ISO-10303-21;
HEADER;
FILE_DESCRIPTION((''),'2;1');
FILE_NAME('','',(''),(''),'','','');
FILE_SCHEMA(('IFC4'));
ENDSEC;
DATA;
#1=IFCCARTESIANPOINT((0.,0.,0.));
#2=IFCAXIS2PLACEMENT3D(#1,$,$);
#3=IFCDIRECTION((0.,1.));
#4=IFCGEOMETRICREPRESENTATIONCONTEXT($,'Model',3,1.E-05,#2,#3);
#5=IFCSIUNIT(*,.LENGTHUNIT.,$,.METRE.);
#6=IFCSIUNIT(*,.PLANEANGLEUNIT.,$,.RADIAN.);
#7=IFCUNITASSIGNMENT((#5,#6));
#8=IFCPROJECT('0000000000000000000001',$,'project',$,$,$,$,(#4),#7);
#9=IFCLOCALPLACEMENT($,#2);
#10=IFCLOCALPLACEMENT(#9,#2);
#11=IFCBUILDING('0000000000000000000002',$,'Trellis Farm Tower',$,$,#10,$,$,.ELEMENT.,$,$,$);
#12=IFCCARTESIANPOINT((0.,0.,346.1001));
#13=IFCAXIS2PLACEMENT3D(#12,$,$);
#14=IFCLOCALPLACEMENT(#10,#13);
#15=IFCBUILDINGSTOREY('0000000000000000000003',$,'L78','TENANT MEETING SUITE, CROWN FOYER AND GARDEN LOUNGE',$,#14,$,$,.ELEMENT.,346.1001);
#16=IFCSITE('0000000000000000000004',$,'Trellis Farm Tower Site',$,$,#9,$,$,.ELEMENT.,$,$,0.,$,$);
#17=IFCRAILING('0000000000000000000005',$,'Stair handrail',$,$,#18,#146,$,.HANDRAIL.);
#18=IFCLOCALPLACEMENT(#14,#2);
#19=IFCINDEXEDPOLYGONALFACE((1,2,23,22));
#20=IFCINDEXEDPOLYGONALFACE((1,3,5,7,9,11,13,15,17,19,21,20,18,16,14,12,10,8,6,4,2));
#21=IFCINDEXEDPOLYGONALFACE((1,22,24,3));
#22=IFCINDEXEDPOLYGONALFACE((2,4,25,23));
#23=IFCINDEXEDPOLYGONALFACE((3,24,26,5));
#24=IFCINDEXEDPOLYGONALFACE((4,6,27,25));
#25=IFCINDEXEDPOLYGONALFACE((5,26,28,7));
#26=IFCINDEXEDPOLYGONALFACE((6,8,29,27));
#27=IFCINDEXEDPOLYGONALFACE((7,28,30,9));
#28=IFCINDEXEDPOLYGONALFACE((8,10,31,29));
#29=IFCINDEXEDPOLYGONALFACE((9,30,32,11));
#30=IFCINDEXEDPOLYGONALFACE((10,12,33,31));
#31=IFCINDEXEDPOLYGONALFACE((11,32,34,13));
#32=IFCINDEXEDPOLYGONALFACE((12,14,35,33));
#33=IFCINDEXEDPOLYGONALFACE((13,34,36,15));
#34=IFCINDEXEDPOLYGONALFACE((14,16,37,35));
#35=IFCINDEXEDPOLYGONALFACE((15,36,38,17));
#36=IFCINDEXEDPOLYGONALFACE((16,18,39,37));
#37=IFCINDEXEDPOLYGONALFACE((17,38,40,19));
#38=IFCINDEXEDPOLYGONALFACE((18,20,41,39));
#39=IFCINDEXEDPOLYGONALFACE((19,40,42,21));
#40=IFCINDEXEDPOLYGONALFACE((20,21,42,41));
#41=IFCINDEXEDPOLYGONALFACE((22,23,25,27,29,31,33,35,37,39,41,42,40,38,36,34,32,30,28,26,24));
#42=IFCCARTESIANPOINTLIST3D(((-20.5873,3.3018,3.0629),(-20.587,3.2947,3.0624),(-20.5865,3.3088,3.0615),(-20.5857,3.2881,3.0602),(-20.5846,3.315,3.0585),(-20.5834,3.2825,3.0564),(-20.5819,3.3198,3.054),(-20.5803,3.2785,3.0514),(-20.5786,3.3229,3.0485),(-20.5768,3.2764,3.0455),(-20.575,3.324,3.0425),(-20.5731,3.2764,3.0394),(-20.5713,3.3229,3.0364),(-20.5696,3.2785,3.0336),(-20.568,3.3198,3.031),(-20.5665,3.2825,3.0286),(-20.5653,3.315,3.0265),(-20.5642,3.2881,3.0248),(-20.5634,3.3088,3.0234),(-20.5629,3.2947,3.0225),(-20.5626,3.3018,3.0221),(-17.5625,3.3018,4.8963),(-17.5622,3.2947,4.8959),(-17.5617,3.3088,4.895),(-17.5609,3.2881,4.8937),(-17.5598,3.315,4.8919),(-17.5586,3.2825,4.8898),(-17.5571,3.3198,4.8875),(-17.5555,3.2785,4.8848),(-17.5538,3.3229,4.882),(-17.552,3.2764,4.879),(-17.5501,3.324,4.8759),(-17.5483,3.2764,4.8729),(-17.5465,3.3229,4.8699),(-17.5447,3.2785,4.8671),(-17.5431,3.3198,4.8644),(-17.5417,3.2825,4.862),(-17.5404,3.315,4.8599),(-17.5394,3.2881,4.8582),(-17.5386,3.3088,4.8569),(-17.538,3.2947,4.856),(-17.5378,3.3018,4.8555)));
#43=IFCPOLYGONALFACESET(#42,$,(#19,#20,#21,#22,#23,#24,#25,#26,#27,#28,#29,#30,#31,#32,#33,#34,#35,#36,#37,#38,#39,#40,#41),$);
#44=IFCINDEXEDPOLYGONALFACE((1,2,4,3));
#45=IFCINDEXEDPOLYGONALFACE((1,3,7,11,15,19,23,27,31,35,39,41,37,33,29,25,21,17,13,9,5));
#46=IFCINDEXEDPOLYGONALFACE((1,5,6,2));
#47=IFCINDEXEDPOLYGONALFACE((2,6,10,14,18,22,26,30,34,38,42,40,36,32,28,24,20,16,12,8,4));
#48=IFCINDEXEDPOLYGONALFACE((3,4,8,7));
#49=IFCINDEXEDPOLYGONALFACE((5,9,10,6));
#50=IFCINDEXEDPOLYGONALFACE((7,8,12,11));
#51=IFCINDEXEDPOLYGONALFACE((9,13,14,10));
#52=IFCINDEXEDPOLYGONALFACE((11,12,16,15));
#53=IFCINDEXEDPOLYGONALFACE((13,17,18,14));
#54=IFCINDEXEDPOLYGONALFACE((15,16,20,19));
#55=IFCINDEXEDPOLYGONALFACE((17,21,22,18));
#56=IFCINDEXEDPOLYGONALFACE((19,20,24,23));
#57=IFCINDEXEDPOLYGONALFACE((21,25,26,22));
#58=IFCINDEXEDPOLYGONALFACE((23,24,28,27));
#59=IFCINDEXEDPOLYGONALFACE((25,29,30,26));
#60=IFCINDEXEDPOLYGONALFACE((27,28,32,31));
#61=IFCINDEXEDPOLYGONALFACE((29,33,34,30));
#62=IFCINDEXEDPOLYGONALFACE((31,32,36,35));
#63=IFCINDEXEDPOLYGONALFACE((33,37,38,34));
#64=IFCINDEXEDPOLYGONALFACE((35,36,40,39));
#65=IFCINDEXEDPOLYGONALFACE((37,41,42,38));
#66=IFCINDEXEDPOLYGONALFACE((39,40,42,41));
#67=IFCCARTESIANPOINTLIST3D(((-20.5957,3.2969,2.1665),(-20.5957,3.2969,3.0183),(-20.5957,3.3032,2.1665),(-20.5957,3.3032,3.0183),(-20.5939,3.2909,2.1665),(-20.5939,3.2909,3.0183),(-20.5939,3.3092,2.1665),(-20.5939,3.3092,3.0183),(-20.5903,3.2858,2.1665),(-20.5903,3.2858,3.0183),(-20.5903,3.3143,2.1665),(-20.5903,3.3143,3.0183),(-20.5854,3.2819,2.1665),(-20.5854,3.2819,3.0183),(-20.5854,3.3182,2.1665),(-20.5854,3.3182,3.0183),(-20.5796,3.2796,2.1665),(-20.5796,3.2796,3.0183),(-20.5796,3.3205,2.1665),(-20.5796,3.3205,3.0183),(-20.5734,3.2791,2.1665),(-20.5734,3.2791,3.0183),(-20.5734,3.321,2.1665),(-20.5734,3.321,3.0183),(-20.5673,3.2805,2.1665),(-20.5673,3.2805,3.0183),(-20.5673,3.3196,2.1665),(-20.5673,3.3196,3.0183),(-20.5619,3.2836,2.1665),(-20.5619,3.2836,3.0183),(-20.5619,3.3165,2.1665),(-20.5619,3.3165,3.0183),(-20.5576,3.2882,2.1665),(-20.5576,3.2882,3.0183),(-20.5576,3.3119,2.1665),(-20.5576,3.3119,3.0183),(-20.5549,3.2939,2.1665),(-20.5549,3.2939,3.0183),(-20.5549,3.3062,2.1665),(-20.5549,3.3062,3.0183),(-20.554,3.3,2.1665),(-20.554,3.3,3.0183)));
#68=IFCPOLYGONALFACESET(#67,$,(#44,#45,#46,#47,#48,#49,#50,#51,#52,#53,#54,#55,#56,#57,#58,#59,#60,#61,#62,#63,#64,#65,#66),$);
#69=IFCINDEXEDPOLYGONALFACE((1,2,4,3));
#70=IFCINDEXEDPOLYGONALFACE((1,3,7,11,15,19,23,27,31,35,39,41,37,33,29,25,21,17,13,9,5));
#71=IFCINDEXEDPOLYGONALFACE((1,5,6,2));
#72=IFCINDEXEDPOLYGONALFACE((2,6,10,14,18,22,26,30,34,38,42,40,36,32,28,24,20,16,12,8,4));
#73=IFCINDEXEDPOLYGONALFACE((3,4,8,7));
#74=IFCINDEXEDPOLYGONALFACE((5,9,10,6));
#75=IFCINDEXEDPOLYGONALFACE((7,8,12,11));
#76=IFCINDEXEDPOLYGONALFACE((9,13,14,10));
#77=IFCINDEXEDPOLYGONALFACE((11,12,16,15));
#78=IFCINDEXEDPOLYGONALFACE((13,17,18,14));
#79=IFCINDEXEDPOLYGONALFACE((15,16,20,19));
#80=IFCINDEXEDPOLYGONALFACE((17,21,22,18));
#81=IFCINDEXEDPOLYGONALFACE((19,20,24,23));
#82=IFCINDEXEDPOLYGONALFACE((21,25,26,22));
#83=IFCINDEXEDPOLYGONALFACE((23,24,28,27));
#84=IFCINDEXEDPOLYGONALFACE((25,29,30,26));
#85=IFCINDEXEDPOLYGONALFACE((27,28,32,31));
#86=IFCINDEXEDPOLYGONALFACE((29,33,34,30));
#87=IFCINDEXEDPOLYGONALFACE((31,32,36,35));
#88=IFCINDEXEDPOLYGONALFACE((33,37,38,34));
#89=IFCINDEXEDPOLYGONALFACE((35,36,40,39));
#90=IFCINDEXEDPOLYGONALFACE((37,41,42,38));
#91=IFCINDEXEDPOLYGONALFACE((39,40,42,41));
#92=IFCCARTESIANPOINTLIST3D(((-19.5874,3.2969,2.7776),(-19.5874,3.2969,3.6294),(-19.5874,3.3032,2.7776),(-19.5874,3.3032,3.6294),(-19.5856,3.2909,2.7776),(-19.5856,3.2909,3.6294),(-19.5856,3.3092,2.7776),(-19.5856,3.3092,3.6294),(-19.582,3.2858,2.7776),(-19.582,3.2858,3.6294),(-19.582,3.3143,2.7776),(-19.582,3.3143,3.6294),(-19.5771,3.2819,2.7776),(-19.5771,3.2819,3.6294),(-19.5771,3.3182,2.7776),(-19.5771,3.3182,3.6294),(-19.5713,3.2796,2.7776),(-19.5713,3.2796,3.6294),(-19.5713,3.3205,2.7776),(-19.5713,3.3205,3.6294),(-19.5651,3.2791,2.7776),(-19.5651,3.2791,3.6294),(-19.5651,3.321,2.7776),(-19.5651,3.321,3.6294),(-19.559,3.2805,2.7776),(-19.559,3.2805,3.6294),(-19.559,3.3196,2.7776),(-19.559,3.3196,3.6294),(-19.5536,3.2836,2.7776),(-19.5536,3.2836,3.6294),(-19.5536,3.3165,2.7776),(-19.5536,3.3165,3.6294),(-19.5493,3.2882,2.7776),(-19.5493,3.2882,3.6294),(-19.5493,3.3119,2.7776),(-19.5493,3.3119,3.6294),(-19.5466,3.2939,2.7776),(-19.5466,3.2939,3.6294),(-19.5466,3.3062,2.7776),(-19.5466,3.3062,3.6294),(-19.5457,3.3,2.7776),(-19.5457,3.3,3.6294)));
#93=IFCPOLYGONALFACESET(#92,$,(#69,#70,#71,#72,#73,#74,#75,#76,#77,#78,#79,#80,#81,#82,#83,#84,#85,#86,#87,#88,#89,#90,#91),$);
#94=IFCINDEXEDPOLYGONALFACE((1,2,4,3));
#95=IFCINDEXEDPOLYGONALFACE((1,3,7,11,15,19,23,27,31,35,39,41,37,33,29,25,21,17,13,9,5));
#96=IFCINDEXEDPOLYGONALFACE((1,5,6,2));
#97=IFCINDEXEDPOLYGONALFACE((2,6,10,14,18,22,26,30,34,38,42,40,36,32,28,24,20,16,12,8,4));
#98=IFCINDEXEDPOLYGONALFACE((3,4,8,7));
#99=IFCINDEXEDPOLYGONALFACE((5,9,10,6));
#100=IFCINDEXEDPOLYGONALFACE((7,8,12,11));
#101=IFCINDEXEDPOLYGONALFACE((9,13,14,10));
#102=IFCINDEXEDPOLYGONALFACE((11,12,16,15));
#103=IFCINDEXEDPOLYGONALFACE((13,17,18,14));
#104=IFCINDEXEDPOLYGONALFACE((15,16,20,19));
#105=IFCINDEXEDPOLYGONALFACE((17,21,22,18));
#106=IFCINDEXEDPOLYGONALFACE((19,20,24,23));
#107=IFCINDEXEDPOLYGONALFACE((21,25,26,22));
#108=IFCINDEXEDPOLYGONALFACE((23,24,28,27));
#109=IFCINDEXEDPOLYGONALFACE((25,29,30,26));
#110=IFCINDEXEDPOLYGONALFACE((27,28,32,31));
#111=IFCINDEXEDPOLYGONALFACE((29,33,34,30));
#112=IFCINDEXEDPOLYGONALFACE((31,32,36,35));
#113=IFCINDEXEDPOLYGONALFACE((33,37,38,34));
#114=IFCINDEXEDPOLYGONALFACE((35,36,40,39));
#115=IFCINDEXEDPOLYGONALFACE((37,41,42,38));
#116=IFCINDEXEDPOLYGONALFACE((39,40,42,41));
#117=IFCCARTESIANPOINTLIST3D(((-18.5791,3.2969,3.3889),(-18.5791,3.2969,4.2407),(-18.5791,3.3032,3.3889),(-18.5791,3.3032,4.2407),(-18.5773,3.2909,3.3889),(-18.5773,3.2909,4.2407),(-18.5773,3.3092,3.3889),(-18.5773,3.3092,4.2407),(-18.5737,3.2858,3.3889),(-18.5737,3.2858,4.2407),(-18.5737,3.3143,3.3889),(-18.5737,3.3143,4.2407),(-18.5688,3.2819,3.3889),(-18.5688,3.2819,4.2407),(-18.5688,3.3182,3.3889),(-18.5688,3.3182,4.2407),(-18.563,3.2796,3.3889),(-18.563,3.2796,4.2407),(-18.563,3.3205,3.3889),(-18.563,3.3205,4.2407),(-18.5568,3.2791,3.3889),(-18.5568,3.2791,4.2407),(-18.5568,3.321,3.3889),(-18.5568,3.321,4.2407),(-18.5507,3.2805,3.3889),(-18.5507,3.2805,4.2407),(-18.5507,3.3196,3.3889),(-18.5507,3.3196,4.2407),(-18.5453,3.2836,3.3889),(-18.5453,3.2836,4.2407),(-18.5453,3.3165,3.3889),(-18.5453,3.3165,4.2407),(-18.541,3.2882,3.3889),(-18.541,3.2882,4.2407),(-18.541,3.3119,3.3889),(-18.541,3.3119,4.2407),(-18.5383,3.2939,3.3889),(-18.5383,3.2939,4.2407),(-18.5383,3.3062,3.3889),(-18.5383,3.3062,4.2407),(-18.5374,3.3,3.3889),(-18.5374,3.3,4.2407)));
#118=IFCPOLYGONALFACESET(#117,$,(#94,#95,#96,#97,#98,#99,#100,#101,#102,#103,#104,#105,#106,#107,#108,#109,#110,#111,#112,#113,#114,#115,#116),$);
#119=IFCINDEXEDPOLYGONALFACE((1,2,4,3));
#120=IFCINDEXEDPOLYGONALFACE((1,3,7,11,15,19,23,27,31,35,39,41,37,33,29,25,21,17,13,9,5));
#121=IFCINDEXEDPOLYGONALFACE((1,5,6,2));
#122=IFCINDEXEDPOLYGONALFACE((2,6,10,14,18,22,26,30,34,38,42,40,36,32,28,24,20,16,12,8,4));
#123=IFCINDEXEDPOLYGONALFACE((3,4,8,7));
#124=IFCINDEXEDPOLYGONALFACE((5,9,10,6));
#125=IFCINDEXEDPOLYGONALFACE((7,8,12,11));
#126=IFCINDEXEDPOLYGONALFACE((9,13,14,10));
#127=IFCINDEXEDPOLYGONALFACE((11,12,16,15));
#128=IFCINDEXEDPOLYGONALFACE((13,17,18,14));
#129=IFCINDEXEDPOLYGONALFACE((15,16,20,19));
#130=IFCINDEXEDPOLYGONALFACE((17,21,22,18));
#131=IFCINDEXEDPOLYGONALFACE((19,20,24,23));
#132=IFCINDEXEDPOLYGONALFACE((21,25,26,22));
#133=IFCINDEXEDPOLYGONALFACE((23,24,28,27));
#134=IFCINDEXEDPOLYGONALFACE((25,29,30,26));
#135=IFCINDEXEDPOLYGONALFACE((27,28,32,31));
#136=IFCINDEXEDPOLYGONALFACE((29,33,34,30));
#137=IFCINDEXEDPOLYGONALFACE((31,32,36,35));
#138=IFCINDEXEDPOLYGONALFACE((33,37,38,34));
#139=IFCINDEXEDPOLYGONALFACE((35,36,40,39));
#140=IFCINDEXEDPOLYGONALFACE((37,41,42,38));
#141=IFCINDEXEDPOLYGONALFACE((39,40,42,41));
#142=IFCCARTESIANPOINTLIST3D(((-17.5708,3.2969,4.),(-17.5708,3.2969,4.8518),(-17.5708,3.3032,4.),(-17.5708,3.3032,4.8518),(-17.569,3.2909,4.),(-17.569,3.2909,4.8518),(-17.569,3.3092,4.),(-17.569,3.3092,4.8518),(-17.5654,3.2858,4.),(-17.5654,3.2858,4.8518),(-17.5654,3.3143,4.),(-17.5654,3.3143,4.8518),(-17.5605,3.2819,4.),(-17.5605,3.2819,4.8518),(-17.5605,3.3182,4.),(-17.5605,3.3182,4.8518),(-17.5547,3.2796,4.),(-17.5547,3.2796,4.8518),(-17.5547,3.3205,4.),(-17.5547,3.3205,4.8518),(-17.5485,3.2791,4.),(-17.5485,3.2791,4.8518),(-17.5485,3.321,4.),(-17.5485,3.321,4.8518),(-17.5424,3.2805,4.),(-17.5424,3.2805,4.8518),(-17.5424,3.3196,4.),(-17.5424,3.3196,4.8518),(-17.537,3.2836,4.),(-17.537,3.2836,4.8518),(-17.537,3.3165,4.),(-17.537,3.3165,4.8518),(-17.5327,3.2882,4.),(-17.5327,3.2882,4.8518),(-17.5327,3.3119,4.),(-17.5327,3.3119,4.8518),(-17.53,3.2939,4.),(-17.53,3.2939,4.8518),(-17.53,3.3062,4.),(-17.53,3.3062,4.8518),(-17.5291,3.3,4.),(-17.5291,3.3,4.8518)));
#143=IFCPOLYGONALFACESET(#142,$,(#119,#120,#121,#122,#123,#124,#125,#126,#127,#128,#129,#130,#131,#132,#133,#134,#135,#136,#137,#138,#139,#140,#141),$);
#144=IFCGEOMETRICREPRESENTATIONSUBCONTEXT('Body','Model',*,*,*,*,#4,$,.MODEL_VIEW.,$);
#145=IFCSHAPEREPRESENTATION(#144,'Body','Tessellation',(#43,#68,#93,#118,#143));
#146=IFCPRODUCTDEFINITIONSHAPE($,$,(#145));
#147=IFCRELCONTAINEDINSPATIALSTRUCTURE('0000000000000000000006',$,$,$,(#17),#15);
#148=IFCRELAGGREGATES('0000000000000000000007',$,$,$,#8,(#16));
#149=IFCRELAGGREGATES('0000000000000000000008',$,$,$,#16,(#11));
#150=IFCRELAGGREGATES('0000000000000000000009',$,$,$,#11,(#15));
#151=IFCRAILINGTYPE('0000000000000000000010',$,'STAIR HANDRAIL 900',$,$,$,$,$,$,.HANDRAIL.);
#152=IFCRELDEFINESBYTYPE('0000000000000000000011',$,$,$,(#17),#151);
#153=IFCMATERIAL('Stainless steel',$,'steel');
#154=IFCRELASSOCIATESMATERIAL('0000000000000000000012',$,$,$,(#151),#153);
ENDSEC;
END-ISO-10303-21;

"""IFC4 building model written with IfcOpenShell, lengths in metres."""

from ifc_helpers import new_model, si_unit, direction, frame, origin, origin_2d, place, context, subcontext, project, spatial, circle, extrude, source, transform, mapped, material, type_object, element, save


model = new_model("IFC4")

# Units and contexts
model_context = context("Model", 3, precision=1e-05, world=origin(), true_north=direction((0.0, 1.0)))
body_context = subcontext(model_context, "Body", "Model", "MODEL_VIEW")
ifc_project = project(units=[si_unit("LENGTHUNIT", "METRE"), si_unit("PLANEANGLEUNIT", "RADIAN")], contexts=[model_context])

# Site, building, storey
site_placement = place(None, origin())
site = spatial("IfcSite", under=ifc_project, at=site_placement, Name="Trellis Farm Tower Site", CompositionType="ELEMENT", RefElevation=0.0)
building_placement = place(site_placement, origin())
building = spatial("IfcBuilding", under=site, at=building_placement, Name="Trellis Farm Tower", CompositionType="ELEMENT")
storey_placement = place(building_placement, frame((0.0, 0.0, 346.1001)))
storey = spatial("IfcBuildingStorey", under=building, at=storey_placement, Name="L78", Description="TENANT MEETING SUITE, CROWN FOYER AND GARDEN LOUNGE", CompositionType="ELEMENT", Elevation=346.1001)

# Railing
ifc_material_1 = material(Name="Stainless steel", Category="steel")
railing_type_1 = type_object("IfcRailingType", Name="STAIR HANDRAIL 900", PredefinedType="HANDRAIL", material=ifc_material_1)
shared_shape_1 = source(origin(), body_context, "Body", "SweptSolid", [
    extrude(circle(Radius=0.0239, at=origin_2d()), frame((0.0, 0.0, 0.876), z_axis=(0.85517, 0.0, 0.518348), x_axis=(0.0, 1.0, 0.0)), (0.0, 0.0, 1.0), 3.5371),
    extrude(circle(Radius=0.021, at=origin_2d()), origin(), (0.0, 0.0, 1.0), 0.8518),
    extrude(circle(Radius=0.021, at=origin_2d()), frame((1.0083, 0.0, 0.6111)), (0.0, 0.0, 1.0), 0.8518),
    extrude(circle(Radius=0.021, at=origin_2d()), frame((2.0166, 0.0, 1.2224)), (0.0, 0.0, 1.0), 0.8518),
    extrude(circle(Radius=0.021, at=origin_2d()), frame((3.0249, 0.0, 1.8335)), (0.0, 0.0, 1.0), 0.8518),
])
for number, where, name in (
    (1, (-20.575, 3.3, 2.1665), "Stair handrail"),
):
    element("IfcRailing", number, at=place(storey_placement, frame(where)), inside=storey, type_object=railing_type_1, Name=name, PredefinedType="HANDRAIL", context=body_context, shape_type="MappedRepresentation", body=[
        mapped(shared_shape_1, transform((0.0, 0.0, 0.0))),
    ])

save(model, "model.ifc")
